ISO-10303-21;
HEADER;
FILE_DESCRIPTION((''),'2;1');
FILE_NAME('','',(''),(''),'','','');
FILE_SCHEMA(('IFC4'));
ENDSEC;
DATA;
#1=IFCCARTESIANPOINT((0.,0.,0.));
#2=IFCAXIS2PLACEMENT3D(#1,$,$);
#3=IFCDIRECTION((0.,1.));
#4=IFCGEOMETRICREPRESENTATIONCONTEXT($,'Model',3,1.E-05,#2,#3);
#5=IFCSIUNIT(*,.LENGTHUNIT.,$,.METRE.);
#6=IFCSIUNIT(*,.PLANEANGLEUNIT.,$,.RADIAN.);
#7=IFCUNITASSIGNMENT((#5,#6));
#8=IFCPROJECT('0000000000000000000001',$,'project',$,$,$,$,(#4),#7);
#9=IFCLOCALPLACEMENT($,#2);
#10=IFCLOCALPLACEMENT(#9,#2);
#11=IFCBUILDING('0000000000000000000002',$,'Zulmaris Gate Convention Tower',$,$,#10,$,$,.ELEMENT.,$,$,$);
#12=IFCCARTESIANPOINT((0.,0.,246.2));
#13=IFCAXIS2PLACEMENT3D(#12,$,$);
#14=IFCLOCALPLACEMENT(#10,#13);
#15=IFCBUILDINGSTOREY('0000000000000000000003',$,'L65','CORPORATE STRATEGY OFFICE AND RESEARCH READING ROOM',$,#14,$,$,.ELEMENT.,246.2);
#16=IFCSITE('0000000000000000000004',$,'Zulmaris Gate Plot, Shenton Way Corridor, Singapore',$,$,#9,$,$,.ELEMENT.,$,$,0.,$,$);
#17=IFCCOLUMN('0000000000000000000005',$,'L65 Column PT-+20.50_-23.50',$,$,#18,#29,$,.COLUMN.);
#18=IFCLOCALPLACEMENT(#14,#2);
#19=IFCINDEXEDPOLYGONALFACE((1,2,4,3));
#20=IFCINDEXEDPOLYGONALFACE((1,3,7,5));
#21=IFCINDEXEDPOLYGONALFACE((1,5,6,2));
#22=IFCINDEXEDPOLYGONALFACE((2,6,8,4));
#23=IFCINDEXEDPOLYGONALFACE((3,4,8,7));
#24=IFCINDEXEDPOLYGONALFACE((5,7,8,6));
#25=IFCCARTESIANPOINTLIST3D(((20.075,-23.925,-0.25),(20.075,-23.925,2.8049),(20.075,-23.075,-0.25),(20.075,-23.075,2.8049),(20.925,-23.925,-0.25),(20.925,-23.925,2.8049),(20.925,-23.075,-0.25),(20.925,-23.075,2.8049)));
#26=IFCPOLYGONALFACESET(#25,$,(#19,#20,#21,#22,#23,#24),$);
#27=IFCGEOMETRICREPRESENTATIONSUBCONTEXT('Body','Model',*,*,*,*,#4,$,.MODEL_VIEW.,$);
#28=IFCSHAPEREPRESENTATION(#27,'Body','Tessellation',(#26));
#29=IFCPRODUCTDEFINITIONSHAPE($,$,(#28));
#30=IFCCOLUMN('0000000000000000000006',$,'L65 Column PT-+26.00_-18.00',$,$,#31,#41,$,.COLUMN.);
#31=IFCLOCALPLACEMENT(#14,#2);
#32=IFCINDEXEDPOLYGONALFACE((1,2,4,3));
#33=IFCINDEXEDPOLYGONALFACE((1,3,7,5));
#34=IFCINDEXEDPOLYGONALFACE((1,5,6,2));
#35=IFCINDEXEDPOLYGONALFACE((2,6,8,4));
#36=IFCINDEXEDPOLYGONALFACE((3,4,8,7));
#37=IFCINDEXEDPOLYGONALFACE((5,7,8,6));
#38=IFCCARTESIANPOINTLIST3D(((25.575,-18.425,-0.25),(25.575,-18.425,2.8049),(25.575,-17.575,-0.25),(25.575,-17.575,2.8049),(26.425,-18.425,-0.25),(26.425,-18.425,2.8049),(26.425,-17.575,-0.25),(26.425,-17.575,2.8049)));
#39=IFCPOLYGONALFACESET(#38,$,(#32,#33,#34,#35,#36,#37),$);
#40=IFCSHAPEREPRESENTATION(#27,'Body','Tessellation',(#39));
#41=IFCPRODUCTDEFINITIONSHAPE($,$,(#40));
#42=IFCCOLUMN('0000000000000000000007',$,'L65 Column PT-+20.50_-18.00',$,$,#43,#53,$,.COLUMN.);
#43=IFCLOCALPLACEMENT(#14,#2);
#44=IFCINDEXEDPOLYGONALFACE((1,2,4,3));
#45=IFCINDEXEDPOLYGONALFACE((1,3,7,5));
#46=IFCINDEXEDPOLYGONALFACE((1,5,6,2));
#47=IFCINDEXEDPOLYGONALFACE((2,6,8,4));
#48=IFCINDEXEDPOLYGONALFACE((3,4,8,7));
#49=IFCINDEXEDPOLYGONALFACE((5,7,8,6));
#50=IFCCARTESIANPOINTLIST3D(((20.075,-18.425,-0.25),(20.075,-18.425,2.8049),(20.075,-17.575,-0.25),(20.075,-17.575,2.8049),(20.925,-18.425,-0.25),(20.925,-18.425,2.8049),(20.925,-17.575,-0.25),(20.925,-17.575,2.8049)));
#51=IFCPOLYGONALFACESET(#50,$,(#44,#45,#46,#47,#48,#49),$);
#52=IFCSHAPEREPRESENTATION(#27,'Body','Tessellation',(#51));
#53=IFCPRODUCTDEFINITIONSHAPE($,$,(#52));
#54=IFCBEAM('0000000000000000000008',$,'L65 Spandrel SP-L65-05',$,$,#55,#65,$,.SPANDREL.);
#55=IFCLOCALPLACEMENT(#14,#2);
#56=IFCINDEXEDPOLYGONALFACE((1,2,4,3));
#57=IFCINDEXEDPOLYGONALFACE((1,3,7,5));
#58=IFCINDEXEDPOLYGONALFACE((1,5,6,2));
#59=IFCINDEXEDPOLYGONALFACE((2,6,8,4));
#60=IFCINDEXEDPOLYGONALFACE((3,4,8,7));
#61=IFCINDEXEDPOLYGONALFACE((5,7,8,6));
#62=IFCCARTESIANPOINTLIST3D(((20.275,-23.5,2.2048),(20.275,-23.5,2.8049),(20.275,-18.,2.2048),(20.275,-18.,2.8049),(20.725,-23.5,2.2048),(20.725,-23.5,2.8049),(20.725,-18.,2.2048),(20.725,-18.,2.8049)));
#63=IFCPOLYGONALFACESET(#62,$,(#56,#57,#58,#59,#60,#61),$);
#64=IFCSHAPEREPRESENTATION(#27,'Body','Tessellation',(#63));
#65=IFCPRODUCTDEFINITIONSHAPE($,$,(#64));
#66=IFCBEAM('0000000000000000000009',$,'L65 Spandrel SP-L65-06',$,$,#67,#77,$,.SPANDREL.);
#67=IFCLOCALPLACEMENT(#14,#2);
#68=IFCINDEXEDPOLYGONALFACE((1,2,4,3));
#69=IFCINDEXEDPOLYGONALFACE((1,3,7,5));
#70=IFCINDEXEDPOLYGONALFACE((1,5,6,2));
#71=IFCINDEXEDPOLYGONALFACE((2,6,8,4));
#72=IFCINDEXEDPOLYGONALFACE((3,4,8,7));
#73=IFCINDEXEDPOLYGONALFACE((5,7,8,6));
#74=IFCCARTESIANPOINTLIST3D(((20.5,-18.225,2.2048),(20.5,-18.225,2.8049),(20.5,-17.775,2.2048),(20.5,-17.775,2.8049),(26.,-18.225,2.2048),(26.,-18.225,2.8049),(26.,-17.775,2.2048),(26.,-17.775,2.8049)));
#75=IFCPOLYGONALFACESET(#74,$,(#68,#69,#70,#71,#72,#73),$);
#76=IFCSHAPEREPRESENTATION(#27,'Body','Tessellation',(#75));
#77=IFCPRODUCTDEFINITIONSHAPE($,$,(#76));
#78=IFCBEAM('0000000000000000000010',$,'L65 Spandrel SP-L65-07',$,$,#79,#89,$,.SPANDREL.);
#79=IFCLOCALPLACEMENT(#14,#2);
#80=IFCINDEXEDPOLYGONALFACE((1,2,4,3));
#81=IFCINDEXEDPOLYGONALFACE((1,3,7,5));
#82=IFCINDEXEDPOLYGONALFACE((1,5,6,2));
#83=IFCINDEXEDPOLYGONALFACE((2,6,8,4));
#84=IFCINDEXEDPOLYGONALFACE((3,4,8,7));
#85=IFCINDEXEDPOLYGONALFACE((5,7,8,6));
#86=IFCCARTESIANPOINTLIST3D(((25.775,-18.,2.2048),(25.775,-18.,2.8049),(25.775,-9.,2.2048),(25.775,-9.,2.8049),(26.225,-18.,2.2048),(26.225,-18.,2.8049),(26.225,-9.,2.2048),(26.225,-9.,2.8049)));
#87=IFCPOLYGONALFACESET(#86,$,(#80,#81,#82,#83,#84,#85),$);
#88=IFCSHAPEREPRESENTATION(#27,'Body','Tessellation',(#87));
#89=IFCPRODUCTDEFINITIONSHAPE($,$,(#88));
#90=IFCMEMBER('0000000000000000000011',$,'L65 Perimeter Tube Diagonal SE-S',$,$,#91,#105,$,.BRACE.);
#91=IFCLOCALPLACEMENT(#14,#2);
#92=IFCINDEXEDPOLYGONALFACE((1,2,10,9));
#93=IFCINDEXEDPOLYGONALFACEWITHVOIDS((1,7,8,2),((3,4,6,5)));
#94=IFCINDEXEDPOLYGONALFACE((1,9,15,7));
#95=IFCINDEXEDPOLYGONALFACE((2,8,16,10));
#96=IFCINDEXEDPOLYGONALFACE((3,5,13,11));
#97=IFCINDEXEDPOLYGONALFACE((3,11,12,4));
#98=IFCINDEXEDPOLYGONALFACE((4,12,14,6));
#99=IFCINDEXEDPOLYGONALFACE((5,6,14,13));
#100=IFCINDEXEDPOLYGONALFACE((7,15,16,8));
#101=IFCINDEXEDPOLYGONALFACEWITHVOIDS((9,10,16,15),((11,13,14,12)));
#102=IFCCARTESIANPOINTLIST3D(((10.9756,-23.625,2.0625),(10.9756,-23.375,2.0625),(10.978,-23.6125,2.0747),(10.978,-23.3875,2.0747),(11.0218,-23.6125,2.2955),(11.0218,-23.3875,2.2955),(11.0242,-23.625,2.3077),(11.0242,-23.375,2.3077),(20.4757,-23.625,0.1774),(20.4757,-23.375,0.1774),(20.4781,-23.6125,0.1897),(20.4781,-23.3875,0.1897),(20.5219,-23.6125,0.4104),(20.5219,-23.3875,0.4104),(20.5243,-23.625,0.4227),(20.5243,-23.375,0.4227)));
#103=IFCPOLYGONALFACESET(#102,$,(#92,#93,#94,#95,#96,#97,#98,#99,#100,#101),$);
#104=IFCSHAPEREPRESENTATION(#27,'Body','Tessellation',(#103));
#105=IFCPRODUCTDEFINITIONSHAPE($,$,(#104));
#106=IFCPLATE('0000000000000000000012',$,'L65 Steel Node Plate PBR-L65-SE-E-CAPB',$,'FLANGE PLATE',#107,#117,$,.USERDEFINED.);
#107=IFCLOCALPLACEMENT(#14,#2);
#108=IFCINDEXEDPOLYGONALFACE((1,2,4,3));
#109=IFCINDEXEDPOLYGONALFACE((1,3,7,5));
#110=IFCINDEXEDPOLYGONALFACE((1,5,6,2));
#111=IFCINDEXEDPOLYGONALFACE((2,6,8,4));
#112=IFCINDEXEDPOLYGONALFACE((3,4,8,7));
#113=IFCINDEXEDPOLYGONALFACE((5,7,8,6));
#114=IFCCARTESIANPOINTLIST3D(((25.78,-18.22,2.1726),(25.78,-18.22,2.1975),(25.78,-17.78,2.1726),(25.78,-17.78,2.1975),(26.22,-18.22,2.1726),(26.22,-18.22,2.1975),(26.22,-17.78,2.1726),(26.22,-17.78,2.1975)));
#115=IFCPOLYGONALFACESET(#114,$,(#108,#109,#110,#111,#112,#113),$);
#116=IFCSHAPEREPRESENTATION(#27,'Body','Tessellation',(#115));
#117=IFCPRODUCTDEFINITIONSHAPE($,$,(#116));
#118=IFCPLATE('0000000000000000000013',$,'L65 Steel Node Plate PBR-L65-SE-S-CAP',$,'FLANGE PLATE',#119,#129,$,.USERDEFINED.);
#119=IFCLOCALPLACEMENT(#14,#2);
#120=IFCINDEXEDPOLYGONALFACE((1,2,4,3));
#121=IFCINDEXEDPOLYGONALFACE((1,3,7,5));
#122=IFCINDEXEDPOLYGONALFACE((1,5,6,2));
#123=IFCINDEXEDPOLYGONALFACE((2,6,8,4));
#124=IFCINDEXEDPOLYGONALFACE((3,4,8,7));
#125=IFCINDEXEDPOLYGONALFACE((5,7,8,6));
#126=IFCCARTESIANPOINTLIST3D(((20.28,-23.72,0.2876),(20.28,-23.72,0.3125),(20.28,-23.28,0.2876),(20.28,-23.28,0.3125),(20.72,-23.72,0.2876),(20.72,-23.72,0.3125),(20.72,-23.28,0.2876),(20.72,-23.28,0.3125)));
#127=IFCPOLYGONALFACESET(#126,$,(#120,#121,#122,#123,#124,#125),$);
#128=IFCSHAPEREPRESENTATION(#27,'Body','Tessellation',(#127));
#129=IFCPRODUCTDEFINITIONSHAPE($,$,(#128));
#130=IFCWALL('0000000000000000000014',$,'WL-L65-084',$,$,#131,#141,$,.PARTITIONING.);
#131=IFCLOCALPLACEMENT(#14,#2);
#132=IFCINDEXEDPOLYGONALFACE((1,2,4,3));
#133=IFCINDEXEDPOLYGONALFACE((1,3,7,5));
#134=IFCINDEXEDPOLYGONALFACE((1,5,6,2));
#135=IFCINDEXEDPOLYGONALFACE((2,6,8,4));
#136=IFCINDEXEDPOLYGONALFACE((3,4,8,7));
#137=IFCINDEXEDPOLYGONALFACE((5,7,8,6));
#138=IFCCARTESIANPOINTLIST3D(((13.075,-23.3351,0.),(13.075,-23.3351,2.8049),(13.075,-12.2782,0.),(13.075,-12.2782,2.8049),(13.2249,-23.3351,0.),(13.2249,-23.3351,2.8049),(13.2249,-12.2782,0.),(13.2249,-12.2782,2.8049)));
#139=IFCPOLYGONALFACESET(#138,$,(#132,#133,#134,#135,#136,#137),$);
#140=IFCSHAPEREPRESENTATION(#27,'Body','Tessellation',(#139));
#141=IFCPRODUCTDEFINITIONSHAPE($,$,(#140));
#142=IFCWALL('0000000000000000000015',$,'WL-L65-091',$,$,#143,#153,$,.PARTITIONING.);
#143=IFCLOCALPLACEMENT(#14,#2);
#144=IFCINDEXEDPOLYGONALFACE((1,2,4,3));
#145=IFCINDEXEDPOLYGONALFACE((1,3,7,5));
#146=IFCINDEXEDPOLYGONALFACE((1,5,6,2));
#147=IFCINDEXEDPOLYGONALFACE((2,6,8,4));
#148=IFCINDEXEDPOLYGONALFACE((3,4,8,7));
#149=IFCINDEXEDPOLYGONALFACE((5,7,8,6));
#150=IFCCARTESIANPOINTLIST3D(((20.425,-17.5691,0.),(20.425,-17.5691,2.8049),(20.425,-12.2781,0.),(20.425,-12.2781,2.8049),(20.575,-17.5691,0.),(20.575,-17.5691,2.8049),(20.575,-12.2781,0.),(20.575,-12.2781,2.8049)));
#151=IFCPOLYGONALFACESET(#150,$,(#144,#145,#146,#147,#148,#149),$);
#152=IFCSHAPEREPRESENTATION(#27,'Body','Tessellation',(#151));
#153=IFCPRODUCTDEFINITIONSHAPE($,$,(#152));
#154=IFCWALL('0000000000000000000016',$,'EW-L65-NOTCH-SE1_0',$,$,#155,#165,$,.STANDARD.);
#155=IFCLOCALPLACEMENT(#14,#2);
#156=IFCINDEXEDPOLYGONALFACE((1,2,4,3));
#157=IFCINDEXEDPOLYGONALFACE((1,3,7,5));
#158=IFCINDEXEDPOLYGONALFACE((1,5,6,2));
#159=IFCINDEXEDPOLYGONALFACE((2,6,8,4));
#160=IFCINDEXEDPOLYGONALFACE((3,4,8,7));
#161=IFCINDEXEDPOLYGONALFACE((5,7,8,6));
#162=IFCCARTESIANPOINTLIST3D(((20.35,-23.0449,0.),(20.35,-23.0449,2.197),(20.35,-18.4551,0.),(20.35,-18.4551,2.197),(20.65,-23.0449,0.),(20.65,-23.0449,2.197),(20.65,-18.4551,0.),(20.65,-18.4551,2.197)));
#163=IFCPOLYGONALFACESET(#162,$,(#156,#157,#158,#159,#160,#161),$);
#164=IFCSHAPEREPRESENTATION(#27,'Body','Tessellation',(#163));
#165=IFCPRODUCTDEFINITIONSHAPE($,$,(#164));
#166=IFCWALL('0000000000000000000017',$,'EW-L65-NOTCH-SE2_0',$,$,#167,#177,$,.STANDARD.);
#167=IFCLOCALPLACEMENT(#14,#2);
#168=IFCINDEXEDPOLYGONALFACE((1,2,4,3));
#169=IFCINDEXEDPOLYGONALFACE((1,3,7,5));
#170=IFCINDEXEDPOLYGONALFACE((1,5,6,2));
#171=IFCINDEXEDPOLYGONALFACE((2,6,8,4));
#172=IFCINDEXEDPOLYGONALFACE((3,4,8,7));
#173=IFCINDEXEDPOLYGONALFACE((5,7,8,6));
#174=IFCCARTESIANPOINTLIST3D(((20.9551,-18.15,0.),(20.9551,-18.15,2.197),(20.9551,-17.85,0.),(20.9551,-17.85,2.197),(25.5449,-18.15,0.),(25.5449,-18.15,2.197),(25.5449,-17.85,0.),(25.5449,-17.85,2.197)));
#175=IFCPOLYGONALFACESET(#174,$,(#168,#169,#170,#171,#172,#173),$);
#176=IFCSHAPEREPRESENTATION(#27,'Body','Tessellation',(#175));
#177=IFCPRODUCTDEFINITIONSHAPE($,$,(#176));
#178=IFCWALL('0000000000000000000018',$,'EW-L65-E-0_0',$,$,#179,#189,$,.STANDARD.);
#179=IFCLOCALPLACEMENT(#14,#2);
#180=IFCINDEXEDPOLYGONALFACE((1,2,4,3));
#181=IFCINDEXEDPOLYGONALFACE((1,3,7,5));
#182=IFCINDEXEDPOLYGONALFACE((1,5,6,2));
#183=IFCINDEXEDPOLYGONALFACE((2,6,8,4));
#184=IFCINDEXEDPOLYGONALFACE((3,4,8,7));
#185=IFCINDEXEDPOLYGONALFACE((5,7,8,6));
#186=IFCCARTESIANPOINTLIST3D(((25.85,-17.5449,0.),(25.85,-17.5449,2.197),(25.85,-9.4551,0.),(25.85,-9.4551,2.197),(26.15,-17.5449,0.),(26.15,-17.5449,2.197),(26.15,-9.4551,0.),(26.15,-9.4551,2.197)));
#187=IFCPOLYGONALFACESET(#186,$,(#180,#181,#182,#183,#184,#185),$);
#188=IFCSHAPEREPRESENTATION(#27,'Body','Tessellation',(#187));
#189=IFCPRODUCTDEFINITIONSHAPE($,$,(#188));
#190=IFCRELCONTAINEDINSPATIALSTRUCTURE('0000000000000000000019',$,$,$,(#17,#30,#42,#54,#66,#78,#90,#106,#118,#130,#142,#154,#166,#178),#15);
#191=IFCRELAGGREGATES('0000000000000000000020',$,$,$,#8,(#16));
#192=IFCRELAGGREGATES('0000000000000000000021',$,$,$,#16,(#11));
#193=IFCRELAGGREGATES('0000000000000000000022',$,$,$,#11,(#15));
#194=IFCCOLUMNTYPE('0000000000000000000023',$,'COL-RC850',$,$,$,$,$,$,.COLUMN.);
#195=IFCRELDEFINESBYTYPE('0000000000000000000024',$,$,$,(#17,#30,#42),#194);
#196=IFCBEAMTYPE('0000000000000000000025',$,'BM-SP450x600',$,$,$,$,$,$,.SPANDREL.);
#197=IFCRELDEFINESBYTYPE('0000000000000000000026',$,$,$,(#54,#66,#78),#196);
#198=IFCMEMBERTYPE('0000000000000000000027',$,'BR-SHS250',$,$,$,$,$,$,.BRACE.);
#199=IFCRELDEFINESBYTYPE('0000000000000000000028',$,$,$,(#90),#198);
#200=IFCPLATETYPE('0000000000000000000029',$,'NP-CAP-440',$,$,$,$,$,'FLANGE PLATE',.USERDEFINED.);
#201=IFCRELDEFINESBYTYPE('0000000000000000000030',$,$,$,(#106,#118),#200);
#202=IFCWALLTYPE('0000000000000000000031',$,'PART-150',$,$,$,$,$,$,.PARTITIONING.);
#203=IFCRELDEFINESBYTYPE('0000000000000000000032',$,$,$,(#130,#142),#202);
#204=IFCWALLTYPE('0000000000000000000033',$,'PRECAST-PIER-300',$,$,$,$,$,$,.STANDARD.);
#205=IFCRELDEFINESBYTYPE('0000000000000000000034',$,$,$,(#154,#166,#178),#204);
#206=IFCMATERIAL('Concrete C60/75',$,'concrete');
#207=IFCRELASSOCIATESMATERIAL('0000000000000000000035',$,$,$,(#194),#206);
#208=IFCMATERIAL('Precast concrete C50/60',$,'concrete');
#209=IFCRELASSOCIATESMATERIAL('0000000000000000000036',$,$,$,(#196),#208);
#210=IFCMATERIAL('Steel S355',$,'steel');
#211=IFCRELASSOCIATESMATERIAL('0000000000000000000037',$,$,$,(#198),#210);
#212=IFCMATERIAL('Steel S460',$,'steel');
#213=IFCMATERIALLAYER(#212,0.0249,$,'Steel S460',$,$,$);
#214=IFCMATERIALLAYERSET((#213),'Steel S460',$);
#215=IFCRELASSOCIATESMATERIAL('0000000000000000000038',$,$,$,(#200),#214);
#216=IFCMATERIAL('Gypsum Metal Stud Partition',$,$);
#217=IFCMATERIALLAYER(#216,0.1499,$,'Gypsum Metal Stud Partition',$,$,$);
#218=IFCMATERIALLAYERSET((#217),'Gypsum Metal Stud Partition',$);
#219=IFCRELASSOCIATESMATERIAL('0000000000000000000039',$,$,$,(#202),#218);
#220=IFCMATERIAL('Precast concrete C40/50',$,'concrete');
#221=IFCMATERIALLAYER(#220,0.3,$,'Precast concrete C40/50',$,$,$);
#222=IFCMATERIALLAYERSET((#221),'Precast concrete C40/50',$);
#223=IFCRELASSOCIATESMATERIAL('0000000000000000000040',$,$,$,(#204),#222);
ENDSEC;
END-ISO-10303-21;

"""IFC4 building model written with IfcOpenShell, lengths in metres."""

from ifc_helpers import new_model, si_unit, direction, frame, frame_2d, origin, origin_2d, place, context, subcontext, project, spatial, rectangle, hollow_rectangle, extrude, material, layer, layer_set, material_profile, profile_set, type_object, element, save


model = new_model("IFC4")

# Units and contexts
model_context = context("Model", 3, precision=1e-05, world=origin(), true_north=direction((0.0, 1.0)))
body_context = subcontext(model_context, "Body", "Model", "MODEL_VIEW")
ifc_project = project(units=[si_unit("LENGTHUNIT", "METRE"), si_unit("PLANEANGLEUNIT", "RADIAN")], contexts=[model_context])

# Site, building, storey
site_placement = place(None, origin())
site = spatial("IfcSite", under=ifc_project, at=site_placement, Name="Zulmaris Gate Plot, Shenton Way Corridor, Singapore", CompositionType="ELEMENT", RefElevation=0.0)
building_placement = place(site_placement, origin())
building = spatial("IfcBuilding", under=site, at=building_placement, Name="Zulmaris Gate Convention Tower", CompositionType="ELEMENT")
storey_placement = place(building_placement, frame((0.0, 0.0, 246.2)))
storey = spatial("IfcBuildingStorey", under=building, at=storey_placement, Name="L65", Description="CORPORATE STRATEGY OFFICE AND RESEARCH READING ROOM", CompositionType="ELEMENT", Elevation=246.2)

# Columns
ifc_material_1 = material(Name="Concrete C60/75", Category="concrete")
ifc_material_profile_1 = material_profile(ifc_material_1, rectangle(XDim=0.8501, YDim=0.8501, at=origin_2d()), Name="RC COL 850x850")
ifc_profile_set_1 = profile_set([ifc_material_profile_1], Name="Concrete C60/75")
column_type = type_object("IfcColumnType", Name="COL-RC850", PredefinedType="COLUMN", material=ifc_profile_set_1)
for number, where, z_axis, x_axis, name in (
    (1, (20.5, -23.5, -0.25), (0.0, 0.0, 1.0), (1.0, 0.0, 0.0), "L65 Column PT-+20.50_-23.50"),
    (2, (26.0, -18.0, -0.25), (0.0, 0.0, 1.0), (1.0, 0.0, 0.0), "L65 Column PT-+26.00_-18.00"),
    (3, (20.5, -18.0, -0.25), (0.0, 0.0, 1.0), (1.0, 0.0, 0.0), "L65 Column PT-+20.50_-18.00"),
):
    element("IfcColumn", number, at=place(storey_placement, frame(where, z_axis=z_axis, x_axis=x_axis)), inside=storey, type_object=column_type, Name=name, PredefinedType="COLUMN", context=body_context, shape_type="SweptSolid", body=[
        extrude(rectangle(XDim=0.8501, YDim=0.8501, at=origin_2d()), origin(), (0.0, 0.0, 1.0), 3.0549),
    ])

# Beams
ifc_material_2 = material(Name="Precast concrete C50/60", Category="concrete")
ifc_material_profile_2 = material_profile(ifc_material_2, rectangle(XDim=0.45, YDim=0.6001, at=origin_2d()), Name="RC SPANDREL 450x600")
ifc_profile_set_2 = profile_set([ifc_material_profile_2], Name="Precast concrete C50/60")
beam_type = type_object("IfcBeamType", Name="BM-SP450x600", PredefinedType="SPANDREL", material=ifc_profile_set_2)
for number, where, z_axis, x_axis, name in (
    (4, (20.5, -23.5, 2.5049), (0.0, 1.0, 0.0), (-1.0, 0.0, 0.0), "L65 Spandrel SP-L65-05"),
    (5, (20.5, -18.0, 2.5049), (1.0, 0.0, 0.0), (0.0, 1.0, 0.0), "L65 Spandrel SP-L65-06"),
):
    element("IfcBeam", number, at=place(storey_placement, frame(where, z_axis=z_axis, x_axis=x_axis)), inside=storey, type_object=beam_type, Name=name, PredefinedType="SPANDREL", context=body_context, shape_type="SweptSolid", body=[
        extrude(rectangle(XDim=0.45, YDim=0.6001, at=origin_2d()), origin(), (0.0, 0.0, 1.0), 5.5),
    ])
beam_placement = place(storey_placement, frame((26.0, -18.0, 2.5049), z_axis=(0.0, 1.0, 0.0), x_axis=(-1.0, 0.0, 0.0)))
element("IfcBeam", 6, at=beam_placement, inside=storey, type_object=beam_type, Name="L65 Spandrel SP-L65-07", PredefinedType="SPANDREL", context=body_context, shape_type="SweptSolid", body=[
    extrude(rectangle(XDim=0.45, YDim=0.6001, at=origin_2d()), origin(), (0.0, 0.0, 1.0), 9.0),
])

# Member
ifc_material_3 = material(Name="Steel S355", Category="steel")
ifc_material_profile_3 = material_profile(ifc_material_3, hollow_rectangle(XDim=0.25, YDim=0.25, WallThickness=0.0125, at=origin_2d()), Name="SHS 250x250x12.5")
ifc_profile_set_3 = profile_set([ifc_material_profile_3], Name="Steel S355")
member_type = type_object("IfcMemberType", Name="BR-SHS250", PredefinedType="BRACE", material=ifc_profile_set_3)
member_placement = place(storey_placement, frame((20.5, -23.5, 0.3), z_axis=(-0.980877, 0.0, 0.194628), x_axis=(0.0, -1.0, 0.0)))
element("IfcMember", 7, at=member_placement, inside=storey, type_object=member_type, Name="L65 Perimeter Tube Diagonal SE-S", PredefinedType="BRACE", context=body_context, shape_type="SweptSolid", body=[
    extrude(hollow_rectangle(XDim=0.25, YDim=0.25, WallThickness=0.0125, at=origin_2d()), origin(), (0.0, 0.0, 1.0), 9.6853),
])

# Plates
ifc_material_4 = material(Name="Steel S460", Category="steel")
ifc_layer_1 = layer(ifc_material_4, 0.0249, Name="Steel S460")
ifc_layer_set_1 = layer_set([ifc_layer_1], Name="Steel S460")
plate_type = type_object("IfcPlateType", Name="NP-CAP-440", ElementType="FLANGE PLATE", PredefinedType="USERDEFINED", material=ifc_layer_set_1)
for number, where, z_axis, x_axis, name in (
    (8, (26.0, -18.0, 2.1726), (0.0, 0.0, 1.0), (1.0, 0.0, 0.0), "L65 Steel Node Plate PBR-L65-SE-E-CAPB"),
    (9, (20.5, -23.5, 0.2876), (0.0, 0.0, 1.0), (1.0, 0.0, 0.0), "L65 Steel Node Plate PBR-L65-SE-S-CAP"),
):
    element("IfcPlate", number, at=place(storey_placement, frame(where, z_axis=z_axis, x_axis=x_axis)), inside=storey, type_object=plate_type, Name=name, ObjectType="FLANGE PLATE", PredefinedType="USERDEFINED", context=body_context, shape_type="SweptSolid", body=[
        extrude(rectangle(XDim=0.4399, YDim=0.4399, at=origin_2d()), origin(), (0.0, 0.0, 1.0), 0.0249),
    ])

# Wall
ifc_material_5 = material(Name="Gypsum Metal Stud Partition")
ifc_layer_2 = layer(ifc_material_5, 0.1499, Name="Gypsum Metal Stud Partition")
ifc_layer_set_2 = layer_set([ifc_layer_2], Name="Gypsum Metal Stud Partition")
wall_type_1 = type_object("IfcWallType", Name="PART-150", PredefinedType="PARTITIONING", material=ifc_layer_set_2)
wall_1_placement = place(storey_placement, frame((13.1499, -23.335, 0.0), z_axis=(0.0, 0.0, 1.0), x_axis=(0.0, 1.0, 0.0)))
element("IfcWall", 10, at=wall_1_placement, inside=storey, type_object=wall_type_1, Name="WL-L65-084", PredefinedType="PARTITIONING", context=body_context, shape_type="SweptSolid", body=[
    extrude(rectangle(XDim=11.0569, YDim=0.1499, at=frame_2d((5.5283, 0.0))), origin(), (0.0, 0.0, 1.0), 2.8049),
])

# Walls
wall_2_placement = place(storey_placement, frame((20.5, -17.5691, 0.0), z_axis=(0.0, 0.0, 1.0), x_axis=(0.0, 1.0, 0.0)))
element("IfcWall", 11, at=wall_2_placement, inside=storey, type_object=wall_type_1, Name="WL-L65-091", PredefinedType="PARTITIONING", context=body_context, shape_type="SweptSolid", body=[
    extrude(rectangle(XDim=5.291, YDim=0.1499, at=frame_2d((2.6455, 0.0))), origin(), (0.0, 0.0, 1.0), 2.8049),
])
ifc_material_6 = material(Name="Precast concrete C40/50", Category="concrete")
ifc_layer_3 = layer(ifc_material_6, 0.3, Name="Precast concrete C40/50")
ifc_layer_set_3 = layer_set([ifc_layer_3], Name="Precast concrete C40/50")
wall_type_2 = type_object("IfcWallType", Name="PRECAST-PIER-300", PredefinedType="STANDARD", material=ifc_layer_set_3)
for number, where, z_axis, x_axis, name in (
    (12, (20.5, -23.0449, 0.0), (0.0, 0.0, 1.0), (0.0, 1.0, 0.0), "EW-L65-NOTCH-SE1_0"),
    (13, (20.9551, -18.0, 0.0), (0.0, 0.0, 1.0), (1.0, 0.0, 0.0), "EW-L65-NOTCH-SE2_0"),
):
    element("IfcWall", number, at=place(storey_placement, frame(where, z_axis=z_axis, x_axis=x_axis)), inside=storey, type_object=wall_type_2, Name=name, PredefinedType="STANDARD", context=body_context, shape_type="SweptSolid", body=[
        extrude(rectangle(XDim=4.5898, YDim=0.3, at=frame_2d((2.2949, 0.0))), origin(), (0.0, 0.0, 1.0), 2.197),
    ])
wall_3_placement = place(storey_placement, frame((26.0, -17.5449, 0.0), z_axis=(0.0, 0.0, 1.0), x_axis=(0.0, 1.0, 0.0)))
element("IfcWall", 14, at=wall_3_placement, inside=storey, type_object=wall_type_2, Name="EW-L65-E-0_0", PredefinedType="STANDARD", context=body_context, shape_type="SweptSolid", body=[
    extrude(rectangle(XDim=8.0898, YDim=0.3, at=frame_2d((4.0449, 0.0))), origin(), (0.0, 0.0, 1.0), 2.197),
])

save(model, "model.ifc")
